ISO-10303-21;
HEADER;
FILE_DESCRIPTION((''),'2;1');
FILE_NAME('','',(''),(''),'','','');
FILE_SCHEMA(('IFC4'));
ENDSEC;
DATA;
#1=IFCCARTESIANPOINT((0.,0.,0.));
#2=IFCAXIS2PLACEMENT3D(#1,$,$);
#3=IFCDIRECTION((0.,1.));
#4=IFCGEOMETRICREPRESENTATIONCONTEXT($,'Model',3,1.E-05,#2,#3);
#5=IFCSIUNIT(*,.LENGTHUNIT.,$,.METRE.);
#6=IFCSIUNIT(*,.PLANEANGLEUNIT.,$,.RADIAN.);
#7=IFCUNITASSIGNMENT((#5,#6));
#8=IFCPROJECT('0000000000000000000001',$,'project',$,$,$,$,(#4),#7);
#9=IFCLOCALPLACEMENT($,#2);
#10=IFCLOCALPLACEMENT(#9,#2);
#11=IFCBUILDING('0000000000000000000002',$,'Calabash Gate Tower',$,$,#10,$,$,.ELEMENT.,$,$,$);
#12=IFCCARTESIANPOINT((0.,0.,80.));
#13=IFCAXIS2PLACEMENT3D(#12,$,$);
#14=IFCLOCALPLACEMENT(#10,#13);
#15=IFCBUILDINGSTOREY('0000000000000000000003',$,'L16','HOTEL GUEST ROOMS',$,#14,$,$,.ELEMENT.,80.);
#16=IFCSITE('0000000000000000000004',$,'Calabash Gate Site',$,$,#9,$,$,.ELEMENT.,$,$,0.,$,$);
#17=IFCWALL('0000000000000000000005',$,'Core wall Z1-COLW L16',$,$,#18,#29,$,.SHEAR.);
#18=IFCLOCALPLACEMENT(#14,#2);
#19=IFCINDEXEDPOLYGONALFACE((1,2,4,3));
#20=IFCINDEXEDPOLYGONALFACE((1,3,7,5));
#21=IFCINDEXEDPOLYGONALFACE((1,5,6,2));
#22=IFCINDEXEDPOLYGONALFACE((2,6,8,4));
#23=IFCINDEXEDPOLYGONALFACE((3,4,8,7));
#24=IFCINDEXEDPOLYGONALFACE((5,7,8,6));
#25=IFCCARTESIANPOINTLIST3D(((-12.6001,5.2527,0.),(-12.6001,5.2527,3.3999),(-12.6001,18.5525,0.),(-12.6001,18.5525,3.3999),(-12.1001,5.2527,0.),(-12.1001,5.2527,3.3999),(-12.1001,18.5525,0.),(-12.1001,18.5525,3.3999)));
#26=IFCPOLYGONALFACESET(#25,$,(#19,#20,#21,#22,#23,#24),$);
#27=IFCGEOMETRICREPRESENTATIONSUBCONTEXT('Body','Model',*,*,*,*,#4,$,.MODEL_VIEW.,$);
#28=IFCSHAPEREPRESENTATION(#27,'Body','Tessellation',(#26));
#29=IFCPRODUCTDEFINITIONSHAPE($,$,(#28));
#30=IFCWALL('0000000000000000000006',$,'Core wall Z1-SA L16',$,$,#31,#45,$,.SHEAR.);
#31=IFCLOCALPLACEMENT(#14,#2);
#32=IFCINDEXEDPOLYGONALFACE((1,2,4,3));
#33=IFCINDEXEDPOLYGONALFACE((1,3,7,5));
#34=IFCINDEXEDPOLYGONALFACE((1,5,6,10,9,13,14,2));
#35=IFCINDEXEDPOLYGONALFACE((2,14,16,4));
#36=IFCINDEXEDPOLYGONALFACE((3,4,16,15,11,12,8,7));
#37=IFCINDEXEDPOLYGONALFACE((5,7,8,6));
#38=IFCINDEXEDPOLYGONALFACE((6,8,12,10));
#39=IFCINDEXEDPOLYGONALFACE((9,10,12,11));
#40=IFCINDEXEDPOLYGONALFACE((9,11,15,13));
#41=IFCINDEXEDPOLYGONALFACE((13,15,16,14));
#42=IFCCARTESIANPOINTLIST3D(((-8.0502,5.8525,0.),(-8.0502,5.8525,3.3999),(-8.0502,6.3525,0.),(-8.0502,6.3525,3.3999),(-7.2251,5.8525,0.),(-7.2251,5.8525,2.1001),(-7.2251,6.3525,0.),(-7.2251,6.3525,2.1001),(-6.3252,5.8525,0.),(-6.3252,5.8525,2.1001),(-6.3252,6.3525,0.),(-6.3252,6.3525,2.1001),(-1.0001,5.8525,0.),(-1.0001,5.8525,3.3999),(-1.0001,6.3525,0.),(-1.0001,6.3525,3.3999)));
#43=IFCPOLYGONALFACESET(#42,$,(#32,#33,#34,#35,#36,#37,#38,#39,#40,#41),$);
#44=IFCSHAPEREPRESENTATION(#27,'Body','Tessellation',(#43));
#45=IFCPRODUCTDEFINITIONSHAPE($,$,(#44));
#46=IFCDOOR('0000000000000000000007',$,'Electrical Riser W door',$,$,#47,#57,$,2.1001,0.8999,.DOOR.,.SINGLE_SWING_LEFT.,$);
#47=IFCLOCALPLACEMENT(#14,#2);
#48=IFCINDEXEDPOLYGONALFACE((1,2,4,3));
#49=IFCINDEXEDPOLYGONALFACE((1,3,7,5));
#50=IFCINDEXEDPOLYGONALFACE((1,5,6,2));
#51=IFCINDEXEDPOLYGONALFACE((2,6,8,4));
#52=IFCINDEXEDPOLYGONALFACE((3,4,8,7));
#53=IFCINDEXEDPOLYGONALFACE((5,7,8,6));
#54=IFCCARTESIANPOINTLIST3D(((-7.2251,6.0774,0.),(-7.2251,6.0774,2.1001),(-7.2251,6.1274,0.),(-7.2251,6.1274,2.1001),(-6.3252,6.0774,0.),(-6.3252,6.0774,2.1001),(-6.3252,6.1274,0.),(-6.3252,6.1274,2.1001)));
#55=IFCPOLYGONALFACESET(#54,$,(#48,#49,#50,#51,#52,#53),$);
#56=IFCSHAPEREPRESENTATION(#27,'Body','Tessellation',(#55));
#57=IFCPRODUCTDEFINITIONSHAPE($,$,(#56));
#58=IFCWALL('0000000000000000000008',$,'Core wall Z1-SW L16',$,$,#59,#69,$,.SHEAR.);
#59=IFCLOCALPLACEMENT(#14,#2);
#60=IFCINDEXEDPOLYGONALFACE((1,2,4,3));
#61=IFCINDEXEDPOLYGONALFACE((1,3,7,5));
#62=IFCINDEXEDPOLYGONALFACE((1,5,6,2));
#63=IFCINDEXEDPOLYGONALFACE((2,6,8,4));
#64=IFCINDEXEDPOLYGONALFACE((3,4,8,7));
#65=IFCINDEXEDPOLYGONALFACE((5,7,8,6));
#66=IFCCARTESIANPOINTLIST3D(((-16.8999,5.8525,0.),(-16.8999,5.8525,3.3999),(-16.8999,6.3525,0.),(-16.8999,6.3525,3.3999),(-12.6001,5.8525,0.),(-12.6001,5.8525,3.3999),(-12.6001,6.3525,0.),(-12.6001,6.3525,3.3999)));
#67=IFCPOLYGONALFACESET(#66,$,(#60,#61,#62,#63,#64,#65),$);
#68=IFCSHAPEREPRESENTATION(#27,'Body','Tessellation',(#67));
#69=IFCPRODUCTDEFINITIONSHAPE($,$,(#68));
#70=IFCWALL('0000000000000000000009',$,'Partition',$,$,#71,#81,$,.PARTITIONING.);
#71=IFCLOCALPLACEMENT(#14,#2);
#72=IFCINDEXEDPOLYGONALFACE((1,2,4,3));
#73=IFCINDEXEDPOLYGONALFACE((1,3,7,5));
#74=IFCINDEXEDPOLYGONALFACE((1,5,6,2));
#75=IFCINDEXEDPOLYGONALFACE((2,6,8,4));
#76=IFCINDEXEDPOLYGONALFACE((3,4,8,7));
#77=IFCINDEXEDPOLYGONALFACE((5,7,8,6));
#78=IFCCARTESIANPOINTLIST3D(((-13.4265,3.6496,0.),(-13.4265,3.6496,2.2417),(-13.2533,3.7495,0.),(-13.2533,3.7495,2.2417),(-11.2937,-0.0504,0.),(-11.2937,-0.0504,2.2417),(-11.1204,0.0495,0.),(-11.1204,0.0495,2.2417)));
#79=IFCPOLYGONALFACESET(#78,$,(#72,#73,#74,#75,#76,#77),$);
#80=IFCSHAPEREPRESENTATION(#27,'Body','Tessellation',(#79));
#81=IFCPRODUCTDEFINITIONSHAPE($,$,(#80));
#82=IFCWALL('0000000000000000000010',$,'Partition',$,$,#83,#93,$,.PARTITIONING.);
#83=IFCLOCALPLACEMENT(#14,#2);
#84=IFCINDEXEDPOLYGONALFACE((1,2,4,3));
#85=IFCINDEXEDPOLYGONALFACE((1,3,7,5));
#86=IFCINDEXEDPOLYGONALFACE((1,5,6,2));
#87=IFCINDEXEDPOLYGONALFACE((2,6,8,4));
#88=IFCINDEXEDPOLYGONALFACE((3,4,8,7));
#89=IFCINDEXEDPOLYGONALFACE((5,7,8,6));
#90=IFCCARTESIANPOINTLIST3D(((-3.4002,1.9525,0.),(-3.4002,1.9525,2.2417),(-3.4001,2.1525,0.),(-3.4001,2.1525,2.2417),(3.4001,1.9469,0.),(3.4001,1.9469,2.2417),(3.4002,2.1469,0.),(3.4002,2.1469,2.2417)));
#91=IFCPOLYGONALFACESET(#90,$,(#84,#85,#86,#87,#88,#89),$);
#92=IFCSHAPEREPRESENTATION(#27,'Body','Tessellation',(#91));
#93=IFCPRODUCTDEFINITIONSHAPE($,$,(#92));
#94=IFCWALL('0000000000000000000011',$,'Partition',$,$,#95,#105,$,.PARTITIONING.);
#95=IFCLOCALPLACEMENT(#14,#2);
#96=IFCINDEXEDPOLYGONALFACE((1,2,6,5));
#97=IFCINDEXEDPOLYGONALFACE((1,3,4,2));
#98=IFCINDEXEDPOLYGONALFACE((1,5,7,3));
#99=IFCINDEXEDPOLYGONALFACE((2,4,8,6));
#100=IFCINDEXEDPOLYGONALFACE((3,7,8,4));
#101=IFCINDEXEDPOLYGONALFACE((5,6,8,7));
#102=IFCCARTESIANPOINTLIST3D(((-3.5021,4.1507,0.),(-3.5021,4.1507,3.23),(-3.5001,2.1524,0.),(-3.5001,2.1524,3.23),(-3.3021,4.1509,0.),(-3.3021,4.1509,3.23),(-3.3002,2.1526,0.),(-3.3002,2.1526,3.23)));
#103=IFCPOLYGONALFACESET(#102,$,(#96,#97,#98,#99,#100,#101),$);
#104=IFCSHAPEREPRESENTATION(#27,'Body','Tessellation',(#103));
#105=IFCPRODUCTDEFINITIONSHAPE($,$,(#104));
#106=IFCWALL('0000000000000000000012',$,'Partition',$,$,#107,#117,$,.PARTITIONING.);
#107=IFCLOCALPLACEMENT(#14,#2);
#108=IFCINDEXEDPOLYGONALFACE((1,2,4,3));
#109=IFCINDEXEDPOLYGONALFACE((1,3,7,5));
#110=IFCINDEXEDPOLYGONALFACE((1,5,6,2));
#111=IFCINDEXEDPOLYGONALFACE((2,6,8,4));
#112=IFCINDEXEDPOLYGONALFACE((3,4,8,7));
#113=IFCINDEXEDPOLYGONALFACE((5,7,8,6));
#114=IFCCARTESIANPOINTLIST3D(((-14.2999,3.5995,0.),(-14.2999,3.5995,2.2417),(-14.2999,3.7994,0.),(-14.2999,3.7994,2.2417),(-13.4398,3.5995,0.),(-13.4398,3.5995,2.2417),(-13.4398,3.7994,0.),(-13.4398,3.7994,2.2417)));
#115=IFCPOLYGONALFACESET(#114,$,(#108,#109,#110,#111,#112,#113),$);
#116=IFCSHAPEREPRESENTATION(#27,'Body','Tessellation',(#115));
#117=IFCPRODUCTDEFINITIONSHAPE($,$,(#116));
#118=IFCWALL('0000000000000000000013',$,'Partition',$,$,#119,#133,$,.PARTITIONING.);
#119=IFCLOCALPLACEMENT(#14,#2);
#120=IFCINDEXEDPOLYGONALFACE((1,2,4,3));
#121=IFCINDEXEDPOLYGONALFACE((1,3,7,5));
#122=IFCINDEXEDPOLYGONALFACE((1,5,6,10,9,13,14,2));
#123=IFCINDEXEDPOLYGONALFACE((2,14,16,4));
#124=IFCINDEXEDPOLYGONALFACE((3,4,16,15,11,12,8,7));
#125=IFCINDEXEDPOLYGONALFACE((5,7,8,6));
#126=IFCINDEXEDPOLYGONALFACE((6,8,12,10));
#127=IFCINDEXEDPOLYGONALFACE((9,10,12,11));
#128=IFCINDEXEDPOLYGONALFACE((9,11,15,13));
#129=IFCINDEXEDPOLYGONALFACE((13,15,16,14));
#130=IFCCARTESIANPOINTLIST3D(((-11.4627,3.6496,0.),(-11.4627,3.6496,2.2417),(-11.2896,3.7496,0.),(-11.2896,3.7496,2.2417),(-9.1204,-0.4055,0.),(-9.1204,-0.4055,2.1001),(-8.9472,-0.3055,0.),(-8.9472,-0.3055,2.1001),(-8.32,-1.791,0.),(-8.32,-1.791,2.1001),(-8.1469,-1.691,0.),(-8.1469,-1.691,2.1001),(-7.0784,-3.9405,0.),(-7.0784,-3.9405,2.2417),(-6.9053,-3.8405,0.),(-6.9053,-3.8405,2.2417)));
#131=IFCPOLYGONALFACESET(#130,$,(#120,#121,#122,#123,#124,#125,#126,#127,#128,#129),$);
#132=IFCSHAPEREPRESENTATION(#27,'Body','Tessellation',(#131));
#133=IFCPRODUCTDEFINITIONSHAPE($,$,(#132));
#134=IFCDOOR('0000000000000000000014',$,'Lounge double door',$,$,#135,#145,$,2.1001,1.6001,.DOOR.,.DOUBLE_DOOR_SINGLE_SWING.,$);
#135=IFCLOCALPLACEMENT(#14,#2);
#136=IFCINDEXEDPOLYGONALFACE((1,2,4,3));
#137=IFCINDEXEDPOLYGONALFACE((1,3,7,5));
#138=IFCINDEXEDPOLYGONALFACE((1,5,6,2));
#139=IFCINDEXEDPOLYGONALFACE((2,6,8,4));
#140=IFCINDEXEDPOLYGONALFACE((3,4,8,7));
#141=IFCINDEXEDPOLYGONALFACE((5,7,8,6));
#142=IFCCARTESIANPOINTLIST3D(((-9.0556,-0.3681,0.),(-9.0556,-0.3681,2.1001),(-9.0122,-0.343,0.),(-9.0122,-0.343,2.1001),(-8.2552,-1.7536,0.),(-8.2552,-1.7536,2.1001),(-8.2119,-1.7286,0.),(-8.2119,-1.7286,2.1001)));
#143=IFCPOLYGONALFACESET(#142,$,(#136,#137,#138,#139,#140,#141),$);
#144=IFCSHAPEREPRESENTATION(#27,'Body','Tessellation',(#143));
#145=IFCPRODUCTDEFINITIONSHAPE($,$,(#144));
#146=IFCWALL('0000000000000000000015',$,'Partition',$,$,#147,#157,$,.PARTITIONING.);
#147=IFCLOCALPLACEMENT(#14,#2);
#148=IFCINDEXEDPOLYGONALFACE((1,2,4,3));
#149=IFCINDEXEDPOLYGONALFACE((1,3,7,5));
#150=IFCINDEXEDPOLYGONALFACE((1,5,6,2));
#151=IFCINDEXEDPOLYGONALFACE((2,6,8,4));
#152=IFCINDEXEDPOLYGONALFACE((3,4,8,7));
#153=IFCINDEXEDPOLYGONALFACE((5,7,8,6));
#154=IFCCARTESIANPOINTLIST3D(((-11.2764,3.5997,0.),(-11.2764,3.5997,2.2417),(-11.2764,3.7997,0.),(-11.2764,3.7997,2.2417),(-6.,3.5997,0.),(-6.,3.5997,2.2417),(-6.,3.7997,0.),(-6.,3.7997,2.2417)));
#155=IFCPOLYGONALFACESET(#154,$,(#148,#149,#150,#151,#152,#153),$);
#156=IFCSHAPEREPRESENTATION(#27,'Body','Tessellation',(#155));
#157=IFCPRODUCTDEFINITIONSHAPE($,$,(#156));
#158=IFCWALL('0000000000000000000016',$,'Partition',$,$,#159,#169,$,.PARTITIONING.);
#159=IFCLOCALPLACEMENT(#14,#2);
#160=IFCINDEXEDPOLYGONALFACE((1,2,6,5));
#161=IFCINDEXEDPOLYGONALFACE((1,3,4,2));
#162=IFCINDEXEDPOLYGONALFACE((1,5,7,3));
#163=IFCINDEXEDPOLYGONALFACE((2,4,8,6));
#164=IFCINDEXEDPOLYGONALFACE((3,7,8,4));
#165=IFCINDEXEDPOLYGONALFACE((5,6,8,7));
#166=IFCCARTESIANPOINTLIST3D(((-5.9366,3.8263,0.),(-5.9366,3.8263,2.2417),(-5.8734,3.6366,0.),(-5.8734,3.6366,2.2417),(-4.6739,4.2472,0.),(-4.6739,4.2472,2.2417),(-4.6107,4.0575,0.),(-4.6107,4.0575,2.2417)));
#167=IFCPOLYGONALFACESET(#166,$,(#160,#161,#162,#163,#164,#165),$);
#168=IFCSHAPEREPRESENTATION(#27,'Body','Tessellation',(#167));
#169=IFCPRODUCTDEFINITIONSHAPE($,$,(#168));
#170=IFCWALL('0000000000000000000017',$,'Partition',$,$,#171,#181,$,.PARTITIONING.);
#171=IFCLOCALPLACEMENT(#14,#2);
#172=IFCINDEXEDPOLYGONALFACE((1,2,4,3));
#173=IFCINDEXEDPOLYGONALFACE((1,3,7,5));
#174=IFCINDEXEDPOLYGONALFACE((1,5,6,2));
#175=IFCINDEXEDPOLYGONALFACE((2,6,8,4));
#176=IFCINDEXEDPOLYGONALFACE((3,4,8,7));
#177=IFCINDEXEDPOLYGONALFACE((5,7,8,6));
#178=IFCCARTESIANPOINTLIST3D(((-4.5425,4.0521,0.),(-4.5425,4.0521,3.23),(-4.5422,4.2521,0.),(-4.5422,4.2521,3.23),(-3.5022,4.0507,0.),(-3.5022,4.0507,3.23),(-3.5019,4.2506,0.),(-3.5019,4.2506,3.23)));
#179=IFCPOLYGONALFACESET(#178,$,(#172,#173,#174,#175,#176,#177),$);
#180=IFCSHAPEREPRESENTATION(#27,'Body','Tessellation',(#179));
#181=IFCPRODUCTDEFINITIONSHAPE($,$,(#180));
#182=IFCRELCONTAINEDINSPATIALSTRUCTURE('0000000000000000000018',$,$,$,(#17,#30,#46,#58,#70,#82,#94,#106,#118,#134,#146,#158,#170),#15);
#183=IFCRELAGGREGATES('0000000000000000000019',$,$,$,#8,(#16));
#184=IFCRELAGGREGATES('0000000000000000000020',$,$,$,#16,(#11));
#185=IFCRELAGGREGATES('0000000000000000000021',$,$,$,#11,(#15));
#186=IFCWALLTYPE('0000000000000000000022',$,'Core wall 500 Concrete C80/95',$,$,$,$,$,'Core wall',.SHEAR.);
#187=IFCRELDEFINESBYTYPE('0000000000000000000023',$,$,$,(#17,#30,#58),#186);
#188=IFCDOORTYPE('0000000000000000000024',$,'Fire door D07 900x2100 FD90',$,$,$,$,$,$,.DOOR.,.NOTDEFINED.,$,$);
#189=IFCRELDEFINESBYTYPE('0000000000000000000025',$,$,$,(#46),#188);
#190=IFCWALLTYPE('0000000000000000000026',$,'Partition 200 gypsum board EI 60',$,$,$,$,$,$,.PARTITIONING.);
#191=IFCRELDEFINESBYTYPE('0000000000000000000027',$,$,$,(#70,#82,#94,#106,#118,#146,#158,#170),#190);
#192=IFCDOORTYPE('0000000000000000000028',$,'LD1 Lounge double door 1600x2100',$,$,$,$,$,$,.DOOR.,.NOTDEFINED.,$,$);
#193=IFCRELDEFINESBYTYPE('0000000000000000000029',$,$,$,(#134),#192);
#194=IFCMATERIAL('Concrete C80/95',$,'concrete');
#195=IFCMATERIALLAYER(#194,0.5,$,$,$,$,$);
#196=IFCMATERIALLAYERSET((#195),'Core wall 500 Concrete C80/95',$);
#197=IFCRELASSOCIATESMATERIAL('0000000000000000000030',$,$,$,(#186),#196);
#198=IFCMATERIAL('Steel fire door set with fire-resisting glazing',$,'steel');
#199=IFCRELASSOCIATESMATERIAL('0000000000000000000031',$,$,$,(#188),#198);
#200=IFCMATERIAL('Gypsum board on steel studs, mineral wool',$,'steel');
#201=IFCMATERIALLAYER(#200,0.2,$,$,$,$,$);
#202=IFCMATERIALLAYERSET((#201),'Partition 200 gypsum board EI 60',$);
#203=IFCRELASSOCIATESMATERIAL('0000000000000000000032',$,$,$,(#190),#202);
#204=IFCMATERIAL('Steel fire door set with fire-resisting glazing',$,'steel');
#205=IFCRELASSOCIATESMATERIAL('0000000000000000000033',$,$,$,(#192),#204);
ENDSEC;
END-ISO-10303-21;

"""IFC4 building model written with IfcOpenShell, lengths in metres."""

from ifc_helpers import new_model, si_unit, direction, frame, frame_2d, origin, place, context, subcontext, project, spatial, rectangle, extrude, material, layer, layer_set, type_object, element, fill, save


model = new_model("IFC4")

# Units and contexts
model_context = context("Model", 3, precision=1e-05, world=origin(), true_north=direction((0.0, 1.0)))
body_context = subcontext(model_context, "Body", "Model", "MODEL_VIEW")
ifc_project = project(units=[si_unit("LENGTHUNIT", "METRE"), si_unit("PLANEANGLEUNIT", "RADIAN")], contexts=[model_context])

# Site, building, storey
site_placement = place(None, origin())
site = spatial("IfcSite", under=ifc_project, at=site_placement, Name="Calabash Gate Site", CompositionType="ELEMENT", RefElevation=0.0)
building_placement = place(site_placement, origin())
building = spatial("IfcBuilding", under=site, at=building_placement, Name="Calabash Gate Tower", CompositionType="ELEMENT")
storey_placement = place(building_placement, frame((0.0, 0.0, 80.0)))
storey = spatial("IfcBuildingStorey", under=building, at=storey_placement, Name="L16", Description="HOTEL GUEST ROOMS", CompositionType="ELEMENT", Elevation=80.0)

# Wall
ifc_material_1 = material(Name="Concrete C80/95", Category="concrete")
ifc_layer_1 = layer(ifc_material_1, 0.5)
ifc_layer_set_1 = layer_set([ifc_layer_1], Name="Core wall 500 Concrete C80/95")
wall_type_1 = type_object("IfcWallType", Name="Core wall 500 Concrete C80/95", ElementType="Core wall", PredefinedType="SHEAR", material=ifc_layer_set_1)
wall_1_placement = place(storey_placement, frame((-12.3501, 5.2527, 0.0), z_axis=(0.0, 0.0, 1.0), x_axis=(0.0, 1.0, 0.0)))
element("IfcWall", 1, at=wall_1_placement, inside=storey, type_object=wall_type_1, Name="Core wall Z1-COLW L16", PredefinedType="SHEAR", context=body_context, shape_type="SweptSolid", body=[
    extrude(rectangle(XDim=13.2998, YDim=0.5, at=frame_2d((6.6499, 0.0))), origin(), (0.0, 0.0, 1.0), 3.3999),
])

# Wall, opening, door
wall_2_placement = place(storey_placement, frame((-8.05, 6.1025, 0.0), z_axis=(0.0, 0.0, 1.0), x_axis=(1.0, 0.0, 0.0)))
wall_2 = element("IfcWall", 2, at=wall_2_placement, inside=storey, type_object=wall_type_1, Name="Core wall Z1-SA L16", PredefinedType="SHEAR", context=body_context, shape_type="SweptSolid", body=[
    extrude(rectangle(XDim=7.05, YDim=0.5, at=frame_2d((3.5249, 0.0))), origin(), (0.0, 0.0, 1.0), 3.3999),
])
opening_1_placement = place(wall_2_placement, frame((0.825, 0.0, 0.0)))
opening_1 = element("IfcOpeningElement", 3, at=opening_1_placement, cuts=wall_2, PredefinedType="OPENING", context=body_context, shape_type="SweptSolid", body=[
    extrude(rectangle(XDim=0.8999, YDim=2.1001, at=frame_2d((0.45, 1.05))), frame((0.0, 0.26, 0.0), z_axis=(0.0, -1.0, 0.0), x_axis=(1.0, 0.0, 0.0)), (0.0, 0.0, 1.0), 0.52),
])
ifc_material_2 = material(Name="Steel fire door set with fire-resisting glazing", Category="steel")
door_type_1 = type_object("IfcDoorType", Name="Fire door D07 900x2100 FD90", OperationType="NOTDEFINED", PredefinedType="DOOR", material=ifc_material_2)
door_1_placement = place(opening_1_placement, origin())
door_1 = element("IfcDoor", 4, at=door_1_placement, inside=storey, type_object=door_type_1, Name="Electrical Riser W door", OperationType="SINGLE_SWING_LEFT", OverallHeight=2.1001, OverallWidth=0.8999, PredefinedType="DOOR", context=body_context, shape_type="SweptSolid", body=[
    extrude(rectangle(XDim=0.8999, YDim=2.1001, at=frame_2d((0.45, 1.05))), frame((0.0, 0.0249, 0.0), z_axis=(0.0, -1.0, 0.0), x_axis=(1.0, 0.0, 0.0)), (0.0, 0.0, 1.0), 0.05),
])
fill(opening_1, door_1)

# Walls
wall_3_placement = place(storey_placement, frame((-12.6001, 6.1025, 0.0), z_axis=(0.0, 0.0, 1.0), x_axis=(-1.0, 0.0, 0.0)))
element("IfcWall", 5, at=wall_3_placement, inside=storey, type_object=wall_type_1, Name="Core wall Z1-SW L16", PredefinedType="SHEAR", context=body_context, shape_type="SweptSolid", body=[
    extrude(rectangle(XDim=4.2998, YDim=0.5, at=frame_2d((2.1499, 0.0))), origin(), (0.0, 0.0, 1.0), 3.3999),
])
ifc_material_3 = material(Name="Gypsum board on steel studs, mineral wool", Category="steel")
ifc_layer_2 = layer(ifc_material_3, 0.2)
ifc_layer_set_2 = layer_set([ifc_layer_2], Name="Partition 200 gypsum board EI 60")
wall_type_2 = type_object("IfcWallType", Name="Partition 200 gypsum board EI 60", PredefinedType="PARTITIONING", material=ifc_layer_set_2)
wall_4_placement = place(storey_placement, frame((-13.3398, 3.6995, 0.0), z_axis=(0.0, 0.0, 1.0), x_axis=(0.499411, -0.866365, 0.0)))
element("IfcWall", 6, at=wall_4_placement, inside=storey, type_object=wall_type_2, Name="Partition", PredefinedType="PARTITIONING", context=body_context, shape_type="SweptSolid", body=[
    extrude(rectangle(XDim=4.2708, YDim=0.2, at=frame_2d((2.1353, 0.0))), origin(), (0.0, 0.0, 1.0), 2.2417),
])
wall_5_placement = place(storey_placement, frame((-3.4001, 2.0525, 0.0), z_axis=(0.0, 0.0, 1.0), x_axis=(1.0, -0.000826, 0.0)))
element("IfcWall", 7, at=wall_5_placement, inside=storey, type_object=wall_type_2, Name="Partition", PredefinedType="PARTITIONING", context=body_context, shape_type="SweptSolid", body=[
    extrude(rectangle(XDim=6.8003, YDim=0.2, at=frame_2d((3.4001, 0.0))), origin(), (0.0, 0.0, 1.0), 2.2417),
])
wall_6_placement = place(storey_placement, frame((-3.4021, 4.1506, 0.0), z_axis=(0.0, 0.0, 1.0), x_axis=(0.000977, -1.0, 0.0)))
element("IfcWall", 8, at=wall_6_placement, inside=storey, type_object=wall_type_2, Name="Partition", PredefinedType="PARTITIONING", context=body_context, shape_type="SweptSolid", body=[
    extrude(rectangle(XDim=1.9983, YDim=0.2, at=frame_2d((0.999, 0.0))), origin(), (0.0, 0.0, 1.0), 3.23),
])
wall_7_placement = place(storey_placement, frame((-14.3, 3.6995, 0.0), z_axis=(0.0, 0.0, 1.0), x_axis=(1.0, 0.0, 0.0)))
element("IfcWall", 9, at=wall_7_placement, inside=storey, type_object=wall_type_2, Name="Partition", PredefinedType="PARTITIONING", context=body_context, shape_type="SweptSolid", body=[
    extrude(rectangle(XDim=0.8601, YDim=0.2, at=frame_2d((0.4302, 0.0))), origin(), (0.0, 0.0, 1.0), 2.2417),
])

# Wall, opening, door
wall_8_placement = place(storey_placement, frame((-11.3762, 3.6997, 0.0), z_axis=(0.0, 0.0, 1.0), x_axis=(0.500183, -0.86592, 0.0)))
wall_8 = element("IfcWall", 10, at=wall_8_placement, inside=storey, type_object=wall_type_2, Name="Partition", PredefinedType="PARTITIONING", context=body_context, shape_type="SweptSolid", body=[
    extrude(rectangle(XDim=8.7654, YDim=0.2, at=frame_2d((4.3828, 0.0))), origin(), (0.0, 0.0, 1.0), 2.2417),
])
opening_2_placement = place(wall_8_placement, frame((4.6831, 0.0, 0.0)))
opening_2 = element("IfcOpeningElement", 11, at=opening_2_placement, cuts=wall_8, PredefinedType="OPENING", context=body_context, shape_type="SweptSolid", body=[
    extrude(rectangle(XDim=1.6001, YDim=2.1001, at=frame_2d((0.8, 1.05))), frame((0.0, 0.1099, 0.0), z_axis=(0.0, -1.0, 0.0), x_axis=(1.0, 0.0, 0.0)), (0.0, 0.0, 1.0), 0.22),
])
ifc_material_4 = material(Name="Steel fire door set with fire-resisting glazing", Category="steel")
door_type_2 = type_object("IfcDoorType", Name="LD1 Lounge double door 1600x2100", OperationType="NOTDEFINED", PredefinedType="DOOR", material=ifc_material_4)
door_2_placement = place(opening_2_placement, origin())
door_2 = element("IfcDoor", 12, at=door_2_placement, inside=storey, type_object=door_type_2, Name="Lounge double door", OperationType="DOUBLE_DOOR_SINGLE_SWING", OverallHeight=2.1001, OverallWidth=1.6001, PredefinedType="DOOR", context=body_context, shape_type="SweptSolid", body=[
    extrude(rectangle(XDim=1.6001, YDim=2.1001, at=frame_2d((0.8, 1.05))), frame((0.0, 0.0249, 0.0), z_axis=(0.0, -1.0, 0.0), x_axis=(1.0, 0.0, 0.0)), (0.0, 0.0, 1.0), 0.05),
])
fill(opening_2, door_2)

# Walls
wall_9_placement = place(storey_placement, frame((-11.2764, 3.6997, 0.0), z_axis=(0.0, 0.0, 1.0), x_axis=(1.0, 0.0, 0.0)))
element("IfcWall", 13, at=wall_9_placement, inside=storey, type_object=wall_type_2, Name="Partition", PredefinedType="PARTITIONING", context=body_context, shape_type="SweptSolid", body=[
    extrude(rectangle(XDim=5.2764, YDim=0.2, at=frame_2d((2.6382, 0.0))), origin(), (0.0, 0.0, 1.0), 2.2417),
])
wall_10_placement = place(storey_placement, frame((-5.905, 3.7314, 0.0), z_axis=(0.0, 0.0, 1.0), x_axis=(0.948683, 0.316228, 0.0)))
element("IfcWall", 14, at=wall_10_placement, inside=storey, type_object=wall_type_2, Name="Partition", PredefinedType="PARTITIONING", context=body_context, shape_type="SweptSolid", body=[
    extrude(rectangle(XDim=1.3311, YDim=0.2, at=frame_2d((0.6655, 0.0))), origin(), (0.0, 0.0, 1.0), 2.2417),
])
wall_11_placement = place(storey_placement, frame((-4.5422, 4.1521, 0.0), z_axis=(0.0, 0.0, 1.0), x_axis=(0.999999, -0.001408, 0.0)))
element("IfcWall", 15, at=wall_11_placement, inside=storey, type_object=wall_type_2, Name="Partition", PredefinedType="PARTITIONING", context=body_context, shape_type="SweptSolid", body=[
    extrude(rectangle(XDim=1.0403, YDim=0.2, at=frame_2d((0.52, 0.0))), origin(), (0.0, 0.0, 1.0), 3.23),
])

save(model, "model.ifc")
